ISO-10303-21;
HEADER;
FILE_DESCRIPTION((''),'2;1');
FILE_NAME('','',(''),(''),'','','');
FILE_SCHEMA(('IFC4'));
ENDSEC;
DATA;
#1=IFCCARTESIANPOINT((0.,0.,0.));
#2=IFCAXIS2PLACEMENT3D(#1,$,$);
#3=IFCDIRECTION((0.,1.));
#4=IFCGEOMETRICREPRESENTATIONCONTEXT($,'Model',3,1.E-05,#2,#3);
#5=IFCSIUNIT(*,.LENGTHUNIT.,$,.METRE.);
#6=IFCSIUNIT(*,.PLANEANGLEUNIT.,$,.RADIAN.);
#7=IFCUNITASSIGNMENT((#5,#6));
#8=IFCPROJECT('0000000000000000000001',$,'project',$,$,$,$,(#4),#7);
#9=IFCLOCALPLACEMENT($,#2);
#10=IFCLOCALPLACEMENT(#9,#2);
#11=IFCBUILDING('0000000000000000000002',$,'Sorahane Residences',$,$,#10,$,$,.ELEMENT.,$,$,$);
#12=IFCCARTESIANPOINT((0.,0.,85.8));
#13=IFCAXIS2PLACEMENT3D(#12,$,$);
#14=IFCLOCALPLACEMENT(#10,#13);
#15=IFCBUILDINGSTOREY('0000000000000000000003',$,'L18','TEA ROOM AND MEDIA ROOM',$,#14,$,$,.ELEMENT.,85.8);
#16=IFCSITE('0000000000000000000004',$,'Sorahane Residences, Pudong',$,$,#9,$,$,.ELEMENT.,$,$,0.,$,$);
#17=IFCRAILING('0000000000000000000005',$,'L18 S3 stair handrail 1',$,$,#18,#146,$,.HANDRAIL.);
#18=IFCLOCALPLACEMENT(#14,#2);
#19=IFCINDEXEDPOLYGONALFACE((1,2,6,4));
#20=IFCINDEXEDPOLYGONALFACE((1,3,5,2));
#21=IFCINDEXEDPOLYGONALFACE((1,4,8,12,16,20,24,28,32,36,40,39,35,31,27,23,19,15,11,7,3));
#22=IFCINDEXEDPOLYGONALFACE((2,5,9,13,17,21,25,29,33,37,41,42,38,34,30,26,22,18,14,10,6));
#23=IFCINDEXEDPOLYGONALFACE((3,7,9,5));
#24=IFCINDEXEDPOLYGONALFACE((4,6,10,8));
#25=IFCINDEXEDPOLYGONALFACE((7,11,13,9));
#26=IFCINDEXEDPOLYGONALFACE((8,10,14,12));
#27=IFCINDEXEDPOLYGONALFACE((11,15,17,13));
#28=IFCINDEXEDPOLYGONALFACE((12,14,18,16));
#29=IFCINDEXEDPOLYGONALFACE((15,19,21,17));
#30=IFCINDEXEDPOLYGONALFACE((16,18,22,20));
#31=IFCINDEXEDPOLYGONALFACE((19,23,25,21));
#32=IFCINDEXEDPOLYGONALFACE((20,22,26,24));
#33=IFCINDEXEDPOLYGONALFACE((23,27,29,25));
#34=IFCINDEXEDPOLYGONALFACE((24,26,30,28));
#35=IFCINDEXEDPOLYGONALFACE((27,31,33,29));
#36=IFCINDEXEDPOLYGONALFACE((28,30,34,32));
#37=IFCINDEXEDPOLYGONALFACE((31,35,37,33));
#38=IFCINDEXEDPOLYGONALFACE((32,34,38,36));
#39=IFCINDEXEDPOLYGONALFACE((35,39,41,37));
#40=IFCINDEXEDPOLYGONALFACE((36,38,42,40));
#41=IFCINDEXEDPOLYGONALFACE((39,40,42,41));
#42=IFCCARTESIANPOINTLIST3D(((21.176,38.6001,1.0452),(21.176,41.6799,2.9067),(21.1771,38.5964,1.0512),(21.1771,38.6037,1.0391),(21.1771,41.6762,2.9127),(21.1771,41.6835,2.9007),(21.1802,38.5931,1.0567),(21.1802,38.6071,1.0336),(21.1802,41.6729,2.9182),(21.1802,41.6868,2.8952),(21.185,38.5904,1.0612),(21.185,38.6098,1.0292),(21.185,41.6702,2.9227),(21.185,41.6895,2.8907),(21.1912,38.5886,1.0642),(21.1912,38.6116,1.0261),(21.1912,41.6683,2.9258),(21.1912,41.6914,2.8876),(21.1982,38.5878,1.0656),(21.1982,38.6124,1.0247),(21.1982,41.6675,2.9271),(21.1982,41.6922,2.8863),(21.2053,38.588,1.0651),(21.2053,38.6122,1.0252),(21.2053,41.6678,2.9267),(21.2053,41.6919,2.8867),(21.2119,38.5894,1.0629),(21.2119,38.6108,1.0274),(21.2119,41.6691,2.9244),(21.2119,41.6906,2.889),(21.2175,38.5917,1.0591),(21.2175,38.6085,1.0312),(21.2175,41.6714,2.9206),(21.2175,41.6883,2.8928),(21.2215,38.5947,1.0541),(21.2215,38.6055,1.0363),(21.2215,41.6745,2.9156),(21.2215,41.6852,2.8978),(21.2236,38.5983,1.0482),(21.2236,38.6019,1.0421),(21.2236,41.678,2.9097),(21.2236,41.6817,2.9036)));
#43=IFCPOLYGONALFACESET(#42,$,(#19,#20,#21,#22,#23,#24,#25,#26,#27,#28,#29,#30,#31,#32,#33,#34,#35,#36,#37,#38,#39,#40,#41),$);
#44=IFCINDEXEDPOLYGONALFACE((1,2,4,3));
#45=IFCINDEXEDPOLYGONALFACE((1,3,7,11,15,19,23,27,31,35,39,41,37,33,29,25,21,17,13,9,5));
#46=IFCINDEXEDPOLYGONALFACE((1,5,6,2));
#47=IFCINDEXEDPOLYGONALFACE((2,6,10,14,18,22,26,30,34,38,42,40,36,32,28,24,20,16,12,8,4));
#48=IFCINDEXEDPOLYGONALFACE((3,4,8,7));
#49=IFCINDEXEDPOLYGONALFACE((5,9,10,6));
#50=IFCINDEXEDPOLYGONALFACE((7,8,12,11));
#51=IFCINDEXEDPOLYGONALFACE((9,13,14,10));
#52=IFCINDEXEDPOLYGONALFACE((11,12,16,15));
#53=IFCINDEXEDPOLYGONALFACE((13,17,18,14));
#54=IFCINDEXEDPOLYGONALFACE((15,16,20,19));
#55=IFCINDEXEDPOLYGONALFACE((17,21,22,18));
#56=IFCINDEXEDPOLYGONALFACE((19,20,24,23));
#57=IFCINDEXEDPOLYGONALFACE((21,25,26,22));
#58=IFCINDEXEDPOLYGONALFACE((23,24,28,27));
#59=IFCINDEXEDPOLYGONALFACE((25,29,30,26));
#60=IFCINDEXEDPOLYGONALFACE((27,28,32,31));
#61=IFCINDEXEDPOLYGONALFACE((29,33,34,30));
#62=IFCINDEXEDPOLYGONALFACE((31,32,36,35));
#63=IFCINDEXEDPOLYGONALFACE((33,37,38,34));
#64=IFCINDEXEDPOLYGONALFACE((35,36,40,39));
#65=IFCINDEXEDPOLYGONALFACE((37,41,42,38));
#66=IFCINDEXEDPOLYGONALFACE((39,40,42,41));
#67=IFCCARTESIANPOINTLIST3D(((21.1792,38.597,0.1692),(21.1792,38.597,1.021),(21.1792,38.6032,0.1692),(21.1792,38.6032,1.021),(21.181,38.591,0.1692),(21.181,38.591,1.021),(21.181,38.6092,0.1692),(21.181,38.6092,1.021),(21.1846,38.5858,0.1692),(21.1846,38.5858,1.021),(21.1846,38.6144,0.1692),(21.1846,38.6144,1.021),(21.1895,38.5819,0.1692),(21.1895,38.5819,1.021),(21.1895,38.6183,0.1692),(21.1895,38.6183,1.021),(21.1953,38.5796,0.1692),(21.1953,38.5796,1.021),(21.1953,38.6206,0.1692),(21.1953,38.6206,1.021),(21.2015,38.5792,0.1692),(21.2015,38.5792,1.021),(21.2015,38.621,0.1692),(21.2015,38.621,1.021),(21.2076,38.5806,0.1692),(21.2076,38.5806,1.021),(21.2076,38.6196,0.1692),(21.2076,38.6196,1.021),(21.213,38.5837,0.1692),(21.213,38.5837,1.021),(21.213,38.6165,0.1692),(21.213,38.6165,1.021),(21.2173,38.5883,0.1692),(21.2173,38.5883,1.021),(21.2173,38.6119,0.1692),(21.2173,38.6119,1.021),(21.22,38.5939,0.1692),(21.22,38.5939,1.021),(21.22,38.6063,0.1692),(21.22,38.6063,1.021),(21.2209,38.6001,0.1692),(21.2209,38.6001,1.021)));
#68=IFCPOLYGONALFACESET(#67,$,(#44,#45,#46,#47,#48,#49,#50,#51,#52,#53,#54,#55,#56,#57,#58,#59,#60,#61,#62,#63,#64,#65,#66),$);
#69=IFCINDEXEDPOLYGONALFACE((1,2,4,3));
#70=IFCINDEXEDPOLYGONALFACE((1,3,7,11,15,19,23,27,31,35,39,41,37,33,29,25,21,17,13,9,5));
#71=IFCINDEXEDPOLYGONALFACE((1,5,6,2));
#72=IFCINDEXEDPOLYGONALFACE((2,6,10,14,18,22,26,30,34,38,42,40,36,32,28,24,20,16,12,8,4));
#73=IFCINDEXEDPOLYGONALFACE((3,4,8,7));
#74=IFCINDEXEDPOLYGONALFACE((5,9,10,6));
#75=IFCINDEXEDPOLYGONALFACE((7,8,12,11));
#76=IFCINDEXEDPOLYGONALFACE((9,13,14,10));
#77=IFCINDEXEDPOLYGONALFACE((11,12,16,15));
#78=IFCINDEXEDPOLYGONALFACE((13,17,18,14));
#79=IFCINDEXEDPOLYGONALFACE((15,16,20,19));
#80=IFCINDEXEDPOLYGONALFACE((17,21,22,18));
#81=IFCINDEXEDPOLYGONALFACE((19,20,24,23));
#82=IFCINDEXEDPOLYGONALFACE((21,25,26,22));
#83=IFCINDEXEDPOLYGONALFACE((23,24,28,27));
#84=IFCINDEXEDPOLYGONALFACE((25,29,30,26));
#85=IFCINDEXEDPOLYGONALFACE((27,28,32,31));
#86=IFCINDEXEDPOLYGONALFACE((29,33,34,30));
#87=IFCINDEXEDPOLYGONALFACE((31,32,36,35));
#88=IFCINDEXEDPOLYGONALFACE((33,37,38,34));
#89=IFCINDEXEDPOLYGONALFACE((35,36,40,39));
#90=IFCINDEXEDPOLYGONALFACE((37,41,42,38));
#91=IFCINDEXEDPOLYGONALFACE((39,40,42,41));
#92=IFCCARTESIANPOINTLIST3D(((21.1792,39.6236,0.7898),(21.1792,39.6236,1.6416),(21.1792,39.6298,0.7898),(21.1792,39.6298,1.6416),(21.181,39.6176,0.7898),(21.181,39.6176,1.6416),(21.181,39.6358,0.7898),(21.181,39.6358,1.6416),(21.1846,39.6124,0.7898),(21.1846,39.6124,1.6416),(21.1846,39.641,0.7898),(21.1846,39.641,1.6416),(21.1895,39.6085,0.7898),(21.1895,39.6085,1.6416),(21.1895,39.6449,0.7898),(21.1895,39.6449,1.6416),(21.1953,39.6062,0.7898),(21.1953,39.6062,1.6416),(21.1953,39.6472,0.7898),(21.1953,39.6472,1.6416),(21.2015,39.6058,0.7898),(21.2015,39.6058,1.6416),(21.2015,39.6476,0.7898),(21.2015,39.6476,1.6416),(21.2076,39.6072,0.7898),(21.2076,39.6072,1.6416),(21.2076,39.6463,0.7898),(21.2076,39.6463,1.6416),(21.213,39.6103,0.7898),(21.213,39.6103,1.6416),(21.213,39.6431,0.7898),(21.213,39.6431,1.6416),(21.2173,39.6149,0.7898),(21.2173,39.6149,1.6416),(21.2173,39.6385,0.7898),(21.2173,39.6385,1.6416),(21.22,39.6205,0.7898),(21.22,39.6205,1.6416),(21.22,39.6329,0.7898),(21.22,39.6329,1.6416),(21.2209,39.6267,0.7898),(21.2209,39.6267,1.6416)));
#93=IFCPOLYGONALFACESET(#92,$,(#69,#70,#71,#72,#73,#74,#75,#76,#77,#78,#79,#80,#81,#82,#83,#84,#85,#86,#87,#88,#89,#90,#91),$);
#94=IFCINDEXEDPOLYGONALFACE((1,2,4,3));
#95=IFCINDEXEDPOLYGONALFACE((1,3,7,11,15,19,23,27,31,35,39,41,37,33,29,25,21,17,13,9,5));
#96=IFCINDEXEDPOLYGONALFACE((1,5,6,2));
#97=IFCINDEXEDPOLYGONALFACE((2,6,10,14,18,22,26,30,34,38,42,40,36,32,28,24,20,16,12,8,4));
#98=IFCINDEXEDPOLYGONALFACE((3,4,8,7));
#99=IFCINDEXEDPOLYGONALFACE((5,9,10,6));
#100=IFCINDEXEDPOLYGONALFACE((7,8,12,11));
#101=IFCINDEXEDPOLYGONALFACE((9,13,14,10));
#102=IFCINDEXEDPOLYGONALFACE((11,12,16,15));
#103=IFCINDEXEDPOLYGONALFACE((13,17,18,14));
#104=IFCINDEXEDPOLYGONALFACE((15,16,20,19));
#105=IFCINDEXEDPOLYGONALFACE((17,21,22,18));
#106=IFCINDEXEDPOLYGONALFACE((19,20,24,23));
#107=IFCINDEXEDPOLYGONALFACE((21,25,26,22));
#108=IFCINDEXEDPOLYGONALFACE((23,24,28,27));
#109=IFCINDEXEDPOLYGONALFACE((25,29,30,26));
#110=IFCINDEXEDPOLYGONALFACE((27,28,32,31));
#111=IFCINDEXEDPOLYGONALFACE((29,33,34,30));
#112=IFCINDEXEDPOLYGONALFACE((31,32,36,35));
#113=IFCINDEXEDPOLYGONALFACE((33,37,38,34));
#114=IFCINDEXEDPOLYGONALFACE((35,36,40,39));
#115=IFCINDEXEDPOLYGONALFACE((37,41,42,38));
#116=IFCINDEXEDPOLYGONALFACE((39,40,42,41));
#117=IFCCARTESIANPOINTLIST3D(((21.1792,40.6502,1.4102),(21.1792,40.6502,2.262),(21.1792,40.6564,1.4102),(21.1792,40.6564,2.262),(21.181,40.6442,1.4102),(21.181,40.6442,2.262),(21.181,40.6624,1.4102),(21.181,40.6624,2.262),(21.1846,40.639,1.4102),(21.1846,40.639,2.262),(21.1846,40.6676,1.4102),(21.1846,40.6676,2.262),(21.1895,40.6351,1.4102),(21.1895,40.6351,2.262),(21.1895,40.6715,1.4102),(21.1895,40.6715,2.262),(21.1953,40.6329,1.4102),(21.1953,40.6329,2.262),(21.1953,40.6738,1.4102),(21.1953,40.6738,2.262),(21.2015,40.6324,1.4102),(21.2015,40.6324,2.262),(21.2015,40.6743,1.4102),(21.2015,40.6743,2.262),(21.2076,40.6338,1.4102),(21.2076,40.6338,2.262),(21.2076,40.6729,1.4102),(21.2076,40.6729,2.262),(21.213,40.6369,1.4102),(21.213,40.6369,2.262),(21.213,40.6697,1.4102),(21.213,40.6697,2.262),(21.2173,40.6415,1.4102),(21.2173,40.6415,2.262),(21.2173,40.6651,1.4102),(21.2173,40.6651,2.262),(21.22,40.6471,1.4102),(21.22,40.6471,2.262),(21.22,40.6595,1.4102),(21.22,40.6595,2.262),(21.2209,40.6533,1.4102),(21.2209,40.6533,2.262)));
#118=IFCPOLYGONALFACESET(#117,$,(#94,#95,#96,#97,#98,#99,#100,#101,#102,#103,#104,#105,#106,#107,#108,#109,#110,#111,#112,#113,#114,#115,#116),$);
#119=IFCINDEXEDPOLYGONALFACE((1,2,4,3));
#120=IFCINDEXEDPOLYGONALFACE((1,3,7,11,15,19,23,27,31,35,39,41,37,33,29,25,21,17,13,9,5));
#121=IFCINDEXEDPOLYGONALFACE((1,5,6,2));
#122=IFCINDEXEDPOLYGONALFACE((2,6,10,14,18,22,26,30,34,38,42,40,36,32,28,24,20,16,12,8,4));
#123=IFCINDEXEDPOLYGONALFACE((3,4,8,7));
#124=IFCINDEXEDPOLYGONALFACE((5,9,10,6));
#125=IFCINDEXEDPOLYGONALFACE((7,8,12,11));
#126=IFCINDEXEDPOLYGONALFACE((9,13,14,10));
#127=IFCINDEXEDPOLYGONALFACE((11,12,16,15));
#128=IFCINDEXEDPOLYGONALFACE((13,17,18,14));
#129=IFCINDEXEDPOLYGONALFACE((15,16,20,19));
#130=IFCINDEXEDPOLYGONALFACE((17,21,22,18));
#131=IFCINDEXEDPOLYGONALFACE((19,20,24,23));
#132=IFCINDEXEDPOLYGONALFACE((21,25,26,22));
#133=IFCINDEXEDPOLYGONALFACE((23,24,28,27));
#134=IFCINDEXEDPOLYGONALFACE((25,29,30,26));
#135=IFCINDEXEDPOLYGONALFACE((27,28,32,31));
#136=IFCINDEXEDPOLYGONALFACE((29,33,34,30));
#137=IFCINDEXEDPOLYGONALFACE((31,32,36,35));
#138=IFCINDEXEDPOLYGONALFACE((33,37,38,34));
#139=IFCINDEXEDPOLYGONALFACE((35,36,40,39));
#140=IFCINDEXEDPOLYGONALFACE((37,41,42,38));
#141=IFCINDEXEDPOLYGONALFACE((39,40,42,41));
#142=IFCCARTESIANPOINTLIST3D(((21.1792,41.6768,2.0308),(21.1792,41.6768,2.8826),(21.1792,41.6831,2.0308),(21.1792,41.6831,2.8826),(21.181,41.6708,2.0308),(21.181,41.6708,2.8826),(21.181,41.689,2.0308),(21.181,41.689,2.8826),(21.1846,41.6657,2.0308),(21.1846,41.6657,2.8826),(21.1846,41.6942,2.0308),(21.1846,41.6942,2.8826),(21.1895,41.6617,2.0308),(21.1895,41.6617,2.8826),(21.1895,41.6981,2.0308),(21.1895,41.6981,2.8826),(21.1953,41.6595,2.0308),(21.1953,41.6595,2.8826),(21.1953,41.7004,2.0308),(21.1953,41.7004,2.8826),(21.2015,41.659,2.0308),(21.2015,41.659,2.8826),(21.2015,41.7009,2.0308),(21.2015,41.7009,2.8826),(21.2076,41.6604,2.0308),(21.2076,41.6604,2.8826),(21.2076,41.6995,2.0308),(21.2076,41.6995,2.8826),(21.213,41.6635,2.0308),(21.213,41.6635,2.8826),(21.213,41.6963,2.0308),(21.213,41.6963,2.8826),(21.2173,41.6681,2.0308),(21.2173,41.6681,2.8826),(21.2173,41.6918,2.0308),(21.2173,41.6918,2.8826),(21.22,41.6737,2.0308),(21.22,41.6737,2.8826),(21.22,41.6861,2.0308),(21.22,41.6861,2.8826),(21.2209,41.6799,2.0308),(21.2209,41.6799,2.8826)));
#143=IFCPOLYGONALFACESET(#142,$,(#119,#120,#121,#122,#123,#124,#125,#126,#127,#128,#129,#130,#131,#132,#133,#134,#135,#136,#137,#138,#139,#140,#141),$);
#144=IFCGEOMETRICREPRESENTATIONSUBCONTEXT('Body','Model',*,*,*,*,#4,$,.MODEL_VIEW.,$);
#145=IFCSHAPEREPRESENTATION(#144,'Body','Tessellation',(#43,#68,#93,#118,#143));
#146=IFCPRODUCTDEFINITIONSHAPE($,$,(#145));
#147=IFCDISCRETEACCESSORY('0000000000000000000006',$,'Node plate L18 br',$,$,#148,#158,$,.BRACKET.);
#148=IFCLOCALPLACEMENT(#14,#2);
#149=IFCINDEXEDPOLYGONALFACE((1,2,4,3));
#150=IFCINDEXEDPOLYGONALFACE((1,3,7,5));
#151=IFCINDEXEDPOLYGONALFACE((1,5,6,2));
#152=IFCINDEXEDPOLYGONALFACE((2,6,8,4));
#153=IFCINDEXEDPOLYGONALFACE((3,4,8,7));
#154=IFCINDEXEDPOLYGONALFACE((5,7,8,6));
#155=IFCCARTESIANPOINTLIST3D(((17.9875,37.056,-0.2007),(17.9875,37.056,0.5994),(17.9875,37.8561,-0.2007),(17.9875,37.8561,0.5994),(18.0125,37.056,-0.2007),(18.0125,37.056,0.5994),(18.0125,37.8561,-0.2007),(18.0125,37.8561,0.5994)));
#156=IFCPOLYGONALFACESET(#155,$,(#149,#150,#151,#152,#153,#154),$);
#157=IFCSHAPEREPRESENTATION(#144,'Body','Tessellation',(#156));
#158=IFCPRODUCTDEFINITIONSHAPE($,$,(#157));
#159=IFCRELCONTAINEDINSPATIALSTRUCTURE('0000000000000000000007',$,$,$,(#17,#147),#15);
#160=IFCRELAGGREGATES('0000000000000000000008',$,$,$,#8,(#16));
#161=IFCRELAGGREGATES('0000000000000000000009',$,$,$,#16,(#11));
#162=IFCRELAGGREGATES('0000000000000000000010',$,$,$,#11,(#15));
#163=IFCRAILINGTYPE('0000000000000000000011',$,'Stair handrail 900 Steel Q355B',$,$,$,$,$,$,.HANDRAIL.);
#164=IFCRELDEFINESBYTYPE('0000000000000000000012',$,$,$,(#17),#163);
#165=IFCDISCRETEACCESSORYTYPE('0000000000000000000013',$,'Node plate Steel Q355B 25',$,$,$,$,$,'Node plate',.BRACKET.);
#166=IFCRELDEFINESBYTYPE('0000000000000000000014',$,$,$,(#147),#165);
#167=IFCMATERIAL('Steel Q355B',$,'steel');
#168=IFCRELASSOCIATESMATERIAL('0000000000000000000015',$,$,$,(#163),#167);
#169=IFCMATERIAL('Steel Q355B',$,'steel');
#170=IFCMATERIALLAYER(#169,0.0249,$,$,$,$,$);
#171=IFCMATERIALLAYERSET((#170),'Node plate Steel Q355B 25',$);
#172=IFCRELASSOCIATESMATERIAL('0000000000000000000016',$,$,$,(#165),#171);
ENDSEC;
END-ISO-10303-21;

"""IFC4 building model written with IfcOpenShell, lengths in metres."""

from ifc_helpers import new_model, si_unit, direction, frame, origin, origin_2d, place, context, subcontext, project, spatial, rectangle, circle, extrude, material, layer, layer_set, type_object, element, save


model = new_model("IFC4")

# Units and contexts
model_context = context("Model", 3, precision=1e-05, world=origin(), true_north=direction((0.0, 1.0)))
body_context = subcontext(model_context, "Body", "Model", "MODEL_VIEW")
ifc_project = project(units=[si_unit("LENGTHUNIT", "METRE"), si_unit("PLANEANGLEUNIT", "RADIAN")], contexts=[model_context])

# Site, building, storey
site_placement = place(None, origin())
site = spatial("IfcSite", under=ifc_project, at=site_placement, Name="Sorahane Residences, Pudong", CompositionType="ELEMENT", RefElevation=0.0)
building_placement = place(site_placement, origin())
building = spatial("IfcBuilding", under=site, at=building_placement, Name="Sorahane Residences", CompositionType="ELEMENT")
storey_placement = place(building_placement, frame((0.0, 0.0, 85.8)))
storey = spatial("IfcBuildingStorey", under=building, at=storey_placement, Name="L18", Description="TEA ROOM AND MEDIA ROOM", CompositionType="ELEMENT", Elevation=85.8)

# Railing
ifc_material_1 = material(Name="Steel Q355B", Category="steel")
railing_type_1 = type_object("IfcRailingType", Name="Stair handrail 900 Steel Q355B", PredefinedType="HANDRAIL", material=ifc_material_1)
railing_1_placement = place(storey_placement, frame((21.2, 38.6001, 0.1692)))
element("IfcRailing", 1, at=railing_1_placement, inside=storey, type_object=railing_type_1, Name="L18 S3 stair handrail 1", PredefinedType="HANDRAIL", context=body_context, shape_type="SweptSolid", body=[
    extrude(circle(Radius=0.0239, at=origin_2d()), frame((0.0, 0.0, 0.876), z_axis=(0.0, 0.855812, 0.517286), x_axis=(-1.0, 0.0, 0.0)), (0.0, 0.0, 1.0), 3.5986),
    extrude(circle(Radius=0.021, at=origin_2d()), origin(), (0.0, 0.0, 1.0), 0.8518),
    extrude(circle(Radius=0.021, at=origin_2d()), frame((0.0, 1.0266, 0.6206)), (0.0, 0.0, 1.0), 0.8518),
    extrude(circle(Radius=0.021, at=origin_2d()), frame((0.0, 2.0532, 1.241)), (0.0, 0.0, 1.0), 0.8518),
    extrude(circle(Radius=0.021, at=origin_2d()), frame((0.0, 3.0798, 1.8616)), (0.0, 0.0, 1.0), 0.8518),
])

# Discrete accessory
ifc_material_2 = material(Name="Steel Q355B", Category="steel")
ifc_layer_1 = layer(ifc_material_2, 0.0249)
ifc_layer_set_1 = layer_set([ifc_layer_1], Name="Node plate Steel Q355B 25")
discrete_accessory_type = type_object("IfcDiscreteAccessoryType", Name="Node plate Steel Q355B 25", ElementType="Node plate", PredefinedType="BRACKET", material=ifc_layer_set_1)
discrete_accessory_placement = place(storey_placement, frame((18.0, 37.4561, -0.2007), z_axis=(0.0, 0.0, 1.0), x_axis=(0.0, 1.0, 0.0)))
element("IfcDiscreteAccessory", 2, at=discrete_accessory_placement, inside=storey, type_object=discrete_accessory_type, Name="Node plate L18 br", PredefinedType="BRACKET", context=body_context, shape_type="SweptSolid", body=[
    extrude(rectangle(XDim=0.8, YDim=0.0249, at=origin_2d()), origin(), (0.0, 0.0, 1.0), 0.8),
])

save(model, "model.ifc")
